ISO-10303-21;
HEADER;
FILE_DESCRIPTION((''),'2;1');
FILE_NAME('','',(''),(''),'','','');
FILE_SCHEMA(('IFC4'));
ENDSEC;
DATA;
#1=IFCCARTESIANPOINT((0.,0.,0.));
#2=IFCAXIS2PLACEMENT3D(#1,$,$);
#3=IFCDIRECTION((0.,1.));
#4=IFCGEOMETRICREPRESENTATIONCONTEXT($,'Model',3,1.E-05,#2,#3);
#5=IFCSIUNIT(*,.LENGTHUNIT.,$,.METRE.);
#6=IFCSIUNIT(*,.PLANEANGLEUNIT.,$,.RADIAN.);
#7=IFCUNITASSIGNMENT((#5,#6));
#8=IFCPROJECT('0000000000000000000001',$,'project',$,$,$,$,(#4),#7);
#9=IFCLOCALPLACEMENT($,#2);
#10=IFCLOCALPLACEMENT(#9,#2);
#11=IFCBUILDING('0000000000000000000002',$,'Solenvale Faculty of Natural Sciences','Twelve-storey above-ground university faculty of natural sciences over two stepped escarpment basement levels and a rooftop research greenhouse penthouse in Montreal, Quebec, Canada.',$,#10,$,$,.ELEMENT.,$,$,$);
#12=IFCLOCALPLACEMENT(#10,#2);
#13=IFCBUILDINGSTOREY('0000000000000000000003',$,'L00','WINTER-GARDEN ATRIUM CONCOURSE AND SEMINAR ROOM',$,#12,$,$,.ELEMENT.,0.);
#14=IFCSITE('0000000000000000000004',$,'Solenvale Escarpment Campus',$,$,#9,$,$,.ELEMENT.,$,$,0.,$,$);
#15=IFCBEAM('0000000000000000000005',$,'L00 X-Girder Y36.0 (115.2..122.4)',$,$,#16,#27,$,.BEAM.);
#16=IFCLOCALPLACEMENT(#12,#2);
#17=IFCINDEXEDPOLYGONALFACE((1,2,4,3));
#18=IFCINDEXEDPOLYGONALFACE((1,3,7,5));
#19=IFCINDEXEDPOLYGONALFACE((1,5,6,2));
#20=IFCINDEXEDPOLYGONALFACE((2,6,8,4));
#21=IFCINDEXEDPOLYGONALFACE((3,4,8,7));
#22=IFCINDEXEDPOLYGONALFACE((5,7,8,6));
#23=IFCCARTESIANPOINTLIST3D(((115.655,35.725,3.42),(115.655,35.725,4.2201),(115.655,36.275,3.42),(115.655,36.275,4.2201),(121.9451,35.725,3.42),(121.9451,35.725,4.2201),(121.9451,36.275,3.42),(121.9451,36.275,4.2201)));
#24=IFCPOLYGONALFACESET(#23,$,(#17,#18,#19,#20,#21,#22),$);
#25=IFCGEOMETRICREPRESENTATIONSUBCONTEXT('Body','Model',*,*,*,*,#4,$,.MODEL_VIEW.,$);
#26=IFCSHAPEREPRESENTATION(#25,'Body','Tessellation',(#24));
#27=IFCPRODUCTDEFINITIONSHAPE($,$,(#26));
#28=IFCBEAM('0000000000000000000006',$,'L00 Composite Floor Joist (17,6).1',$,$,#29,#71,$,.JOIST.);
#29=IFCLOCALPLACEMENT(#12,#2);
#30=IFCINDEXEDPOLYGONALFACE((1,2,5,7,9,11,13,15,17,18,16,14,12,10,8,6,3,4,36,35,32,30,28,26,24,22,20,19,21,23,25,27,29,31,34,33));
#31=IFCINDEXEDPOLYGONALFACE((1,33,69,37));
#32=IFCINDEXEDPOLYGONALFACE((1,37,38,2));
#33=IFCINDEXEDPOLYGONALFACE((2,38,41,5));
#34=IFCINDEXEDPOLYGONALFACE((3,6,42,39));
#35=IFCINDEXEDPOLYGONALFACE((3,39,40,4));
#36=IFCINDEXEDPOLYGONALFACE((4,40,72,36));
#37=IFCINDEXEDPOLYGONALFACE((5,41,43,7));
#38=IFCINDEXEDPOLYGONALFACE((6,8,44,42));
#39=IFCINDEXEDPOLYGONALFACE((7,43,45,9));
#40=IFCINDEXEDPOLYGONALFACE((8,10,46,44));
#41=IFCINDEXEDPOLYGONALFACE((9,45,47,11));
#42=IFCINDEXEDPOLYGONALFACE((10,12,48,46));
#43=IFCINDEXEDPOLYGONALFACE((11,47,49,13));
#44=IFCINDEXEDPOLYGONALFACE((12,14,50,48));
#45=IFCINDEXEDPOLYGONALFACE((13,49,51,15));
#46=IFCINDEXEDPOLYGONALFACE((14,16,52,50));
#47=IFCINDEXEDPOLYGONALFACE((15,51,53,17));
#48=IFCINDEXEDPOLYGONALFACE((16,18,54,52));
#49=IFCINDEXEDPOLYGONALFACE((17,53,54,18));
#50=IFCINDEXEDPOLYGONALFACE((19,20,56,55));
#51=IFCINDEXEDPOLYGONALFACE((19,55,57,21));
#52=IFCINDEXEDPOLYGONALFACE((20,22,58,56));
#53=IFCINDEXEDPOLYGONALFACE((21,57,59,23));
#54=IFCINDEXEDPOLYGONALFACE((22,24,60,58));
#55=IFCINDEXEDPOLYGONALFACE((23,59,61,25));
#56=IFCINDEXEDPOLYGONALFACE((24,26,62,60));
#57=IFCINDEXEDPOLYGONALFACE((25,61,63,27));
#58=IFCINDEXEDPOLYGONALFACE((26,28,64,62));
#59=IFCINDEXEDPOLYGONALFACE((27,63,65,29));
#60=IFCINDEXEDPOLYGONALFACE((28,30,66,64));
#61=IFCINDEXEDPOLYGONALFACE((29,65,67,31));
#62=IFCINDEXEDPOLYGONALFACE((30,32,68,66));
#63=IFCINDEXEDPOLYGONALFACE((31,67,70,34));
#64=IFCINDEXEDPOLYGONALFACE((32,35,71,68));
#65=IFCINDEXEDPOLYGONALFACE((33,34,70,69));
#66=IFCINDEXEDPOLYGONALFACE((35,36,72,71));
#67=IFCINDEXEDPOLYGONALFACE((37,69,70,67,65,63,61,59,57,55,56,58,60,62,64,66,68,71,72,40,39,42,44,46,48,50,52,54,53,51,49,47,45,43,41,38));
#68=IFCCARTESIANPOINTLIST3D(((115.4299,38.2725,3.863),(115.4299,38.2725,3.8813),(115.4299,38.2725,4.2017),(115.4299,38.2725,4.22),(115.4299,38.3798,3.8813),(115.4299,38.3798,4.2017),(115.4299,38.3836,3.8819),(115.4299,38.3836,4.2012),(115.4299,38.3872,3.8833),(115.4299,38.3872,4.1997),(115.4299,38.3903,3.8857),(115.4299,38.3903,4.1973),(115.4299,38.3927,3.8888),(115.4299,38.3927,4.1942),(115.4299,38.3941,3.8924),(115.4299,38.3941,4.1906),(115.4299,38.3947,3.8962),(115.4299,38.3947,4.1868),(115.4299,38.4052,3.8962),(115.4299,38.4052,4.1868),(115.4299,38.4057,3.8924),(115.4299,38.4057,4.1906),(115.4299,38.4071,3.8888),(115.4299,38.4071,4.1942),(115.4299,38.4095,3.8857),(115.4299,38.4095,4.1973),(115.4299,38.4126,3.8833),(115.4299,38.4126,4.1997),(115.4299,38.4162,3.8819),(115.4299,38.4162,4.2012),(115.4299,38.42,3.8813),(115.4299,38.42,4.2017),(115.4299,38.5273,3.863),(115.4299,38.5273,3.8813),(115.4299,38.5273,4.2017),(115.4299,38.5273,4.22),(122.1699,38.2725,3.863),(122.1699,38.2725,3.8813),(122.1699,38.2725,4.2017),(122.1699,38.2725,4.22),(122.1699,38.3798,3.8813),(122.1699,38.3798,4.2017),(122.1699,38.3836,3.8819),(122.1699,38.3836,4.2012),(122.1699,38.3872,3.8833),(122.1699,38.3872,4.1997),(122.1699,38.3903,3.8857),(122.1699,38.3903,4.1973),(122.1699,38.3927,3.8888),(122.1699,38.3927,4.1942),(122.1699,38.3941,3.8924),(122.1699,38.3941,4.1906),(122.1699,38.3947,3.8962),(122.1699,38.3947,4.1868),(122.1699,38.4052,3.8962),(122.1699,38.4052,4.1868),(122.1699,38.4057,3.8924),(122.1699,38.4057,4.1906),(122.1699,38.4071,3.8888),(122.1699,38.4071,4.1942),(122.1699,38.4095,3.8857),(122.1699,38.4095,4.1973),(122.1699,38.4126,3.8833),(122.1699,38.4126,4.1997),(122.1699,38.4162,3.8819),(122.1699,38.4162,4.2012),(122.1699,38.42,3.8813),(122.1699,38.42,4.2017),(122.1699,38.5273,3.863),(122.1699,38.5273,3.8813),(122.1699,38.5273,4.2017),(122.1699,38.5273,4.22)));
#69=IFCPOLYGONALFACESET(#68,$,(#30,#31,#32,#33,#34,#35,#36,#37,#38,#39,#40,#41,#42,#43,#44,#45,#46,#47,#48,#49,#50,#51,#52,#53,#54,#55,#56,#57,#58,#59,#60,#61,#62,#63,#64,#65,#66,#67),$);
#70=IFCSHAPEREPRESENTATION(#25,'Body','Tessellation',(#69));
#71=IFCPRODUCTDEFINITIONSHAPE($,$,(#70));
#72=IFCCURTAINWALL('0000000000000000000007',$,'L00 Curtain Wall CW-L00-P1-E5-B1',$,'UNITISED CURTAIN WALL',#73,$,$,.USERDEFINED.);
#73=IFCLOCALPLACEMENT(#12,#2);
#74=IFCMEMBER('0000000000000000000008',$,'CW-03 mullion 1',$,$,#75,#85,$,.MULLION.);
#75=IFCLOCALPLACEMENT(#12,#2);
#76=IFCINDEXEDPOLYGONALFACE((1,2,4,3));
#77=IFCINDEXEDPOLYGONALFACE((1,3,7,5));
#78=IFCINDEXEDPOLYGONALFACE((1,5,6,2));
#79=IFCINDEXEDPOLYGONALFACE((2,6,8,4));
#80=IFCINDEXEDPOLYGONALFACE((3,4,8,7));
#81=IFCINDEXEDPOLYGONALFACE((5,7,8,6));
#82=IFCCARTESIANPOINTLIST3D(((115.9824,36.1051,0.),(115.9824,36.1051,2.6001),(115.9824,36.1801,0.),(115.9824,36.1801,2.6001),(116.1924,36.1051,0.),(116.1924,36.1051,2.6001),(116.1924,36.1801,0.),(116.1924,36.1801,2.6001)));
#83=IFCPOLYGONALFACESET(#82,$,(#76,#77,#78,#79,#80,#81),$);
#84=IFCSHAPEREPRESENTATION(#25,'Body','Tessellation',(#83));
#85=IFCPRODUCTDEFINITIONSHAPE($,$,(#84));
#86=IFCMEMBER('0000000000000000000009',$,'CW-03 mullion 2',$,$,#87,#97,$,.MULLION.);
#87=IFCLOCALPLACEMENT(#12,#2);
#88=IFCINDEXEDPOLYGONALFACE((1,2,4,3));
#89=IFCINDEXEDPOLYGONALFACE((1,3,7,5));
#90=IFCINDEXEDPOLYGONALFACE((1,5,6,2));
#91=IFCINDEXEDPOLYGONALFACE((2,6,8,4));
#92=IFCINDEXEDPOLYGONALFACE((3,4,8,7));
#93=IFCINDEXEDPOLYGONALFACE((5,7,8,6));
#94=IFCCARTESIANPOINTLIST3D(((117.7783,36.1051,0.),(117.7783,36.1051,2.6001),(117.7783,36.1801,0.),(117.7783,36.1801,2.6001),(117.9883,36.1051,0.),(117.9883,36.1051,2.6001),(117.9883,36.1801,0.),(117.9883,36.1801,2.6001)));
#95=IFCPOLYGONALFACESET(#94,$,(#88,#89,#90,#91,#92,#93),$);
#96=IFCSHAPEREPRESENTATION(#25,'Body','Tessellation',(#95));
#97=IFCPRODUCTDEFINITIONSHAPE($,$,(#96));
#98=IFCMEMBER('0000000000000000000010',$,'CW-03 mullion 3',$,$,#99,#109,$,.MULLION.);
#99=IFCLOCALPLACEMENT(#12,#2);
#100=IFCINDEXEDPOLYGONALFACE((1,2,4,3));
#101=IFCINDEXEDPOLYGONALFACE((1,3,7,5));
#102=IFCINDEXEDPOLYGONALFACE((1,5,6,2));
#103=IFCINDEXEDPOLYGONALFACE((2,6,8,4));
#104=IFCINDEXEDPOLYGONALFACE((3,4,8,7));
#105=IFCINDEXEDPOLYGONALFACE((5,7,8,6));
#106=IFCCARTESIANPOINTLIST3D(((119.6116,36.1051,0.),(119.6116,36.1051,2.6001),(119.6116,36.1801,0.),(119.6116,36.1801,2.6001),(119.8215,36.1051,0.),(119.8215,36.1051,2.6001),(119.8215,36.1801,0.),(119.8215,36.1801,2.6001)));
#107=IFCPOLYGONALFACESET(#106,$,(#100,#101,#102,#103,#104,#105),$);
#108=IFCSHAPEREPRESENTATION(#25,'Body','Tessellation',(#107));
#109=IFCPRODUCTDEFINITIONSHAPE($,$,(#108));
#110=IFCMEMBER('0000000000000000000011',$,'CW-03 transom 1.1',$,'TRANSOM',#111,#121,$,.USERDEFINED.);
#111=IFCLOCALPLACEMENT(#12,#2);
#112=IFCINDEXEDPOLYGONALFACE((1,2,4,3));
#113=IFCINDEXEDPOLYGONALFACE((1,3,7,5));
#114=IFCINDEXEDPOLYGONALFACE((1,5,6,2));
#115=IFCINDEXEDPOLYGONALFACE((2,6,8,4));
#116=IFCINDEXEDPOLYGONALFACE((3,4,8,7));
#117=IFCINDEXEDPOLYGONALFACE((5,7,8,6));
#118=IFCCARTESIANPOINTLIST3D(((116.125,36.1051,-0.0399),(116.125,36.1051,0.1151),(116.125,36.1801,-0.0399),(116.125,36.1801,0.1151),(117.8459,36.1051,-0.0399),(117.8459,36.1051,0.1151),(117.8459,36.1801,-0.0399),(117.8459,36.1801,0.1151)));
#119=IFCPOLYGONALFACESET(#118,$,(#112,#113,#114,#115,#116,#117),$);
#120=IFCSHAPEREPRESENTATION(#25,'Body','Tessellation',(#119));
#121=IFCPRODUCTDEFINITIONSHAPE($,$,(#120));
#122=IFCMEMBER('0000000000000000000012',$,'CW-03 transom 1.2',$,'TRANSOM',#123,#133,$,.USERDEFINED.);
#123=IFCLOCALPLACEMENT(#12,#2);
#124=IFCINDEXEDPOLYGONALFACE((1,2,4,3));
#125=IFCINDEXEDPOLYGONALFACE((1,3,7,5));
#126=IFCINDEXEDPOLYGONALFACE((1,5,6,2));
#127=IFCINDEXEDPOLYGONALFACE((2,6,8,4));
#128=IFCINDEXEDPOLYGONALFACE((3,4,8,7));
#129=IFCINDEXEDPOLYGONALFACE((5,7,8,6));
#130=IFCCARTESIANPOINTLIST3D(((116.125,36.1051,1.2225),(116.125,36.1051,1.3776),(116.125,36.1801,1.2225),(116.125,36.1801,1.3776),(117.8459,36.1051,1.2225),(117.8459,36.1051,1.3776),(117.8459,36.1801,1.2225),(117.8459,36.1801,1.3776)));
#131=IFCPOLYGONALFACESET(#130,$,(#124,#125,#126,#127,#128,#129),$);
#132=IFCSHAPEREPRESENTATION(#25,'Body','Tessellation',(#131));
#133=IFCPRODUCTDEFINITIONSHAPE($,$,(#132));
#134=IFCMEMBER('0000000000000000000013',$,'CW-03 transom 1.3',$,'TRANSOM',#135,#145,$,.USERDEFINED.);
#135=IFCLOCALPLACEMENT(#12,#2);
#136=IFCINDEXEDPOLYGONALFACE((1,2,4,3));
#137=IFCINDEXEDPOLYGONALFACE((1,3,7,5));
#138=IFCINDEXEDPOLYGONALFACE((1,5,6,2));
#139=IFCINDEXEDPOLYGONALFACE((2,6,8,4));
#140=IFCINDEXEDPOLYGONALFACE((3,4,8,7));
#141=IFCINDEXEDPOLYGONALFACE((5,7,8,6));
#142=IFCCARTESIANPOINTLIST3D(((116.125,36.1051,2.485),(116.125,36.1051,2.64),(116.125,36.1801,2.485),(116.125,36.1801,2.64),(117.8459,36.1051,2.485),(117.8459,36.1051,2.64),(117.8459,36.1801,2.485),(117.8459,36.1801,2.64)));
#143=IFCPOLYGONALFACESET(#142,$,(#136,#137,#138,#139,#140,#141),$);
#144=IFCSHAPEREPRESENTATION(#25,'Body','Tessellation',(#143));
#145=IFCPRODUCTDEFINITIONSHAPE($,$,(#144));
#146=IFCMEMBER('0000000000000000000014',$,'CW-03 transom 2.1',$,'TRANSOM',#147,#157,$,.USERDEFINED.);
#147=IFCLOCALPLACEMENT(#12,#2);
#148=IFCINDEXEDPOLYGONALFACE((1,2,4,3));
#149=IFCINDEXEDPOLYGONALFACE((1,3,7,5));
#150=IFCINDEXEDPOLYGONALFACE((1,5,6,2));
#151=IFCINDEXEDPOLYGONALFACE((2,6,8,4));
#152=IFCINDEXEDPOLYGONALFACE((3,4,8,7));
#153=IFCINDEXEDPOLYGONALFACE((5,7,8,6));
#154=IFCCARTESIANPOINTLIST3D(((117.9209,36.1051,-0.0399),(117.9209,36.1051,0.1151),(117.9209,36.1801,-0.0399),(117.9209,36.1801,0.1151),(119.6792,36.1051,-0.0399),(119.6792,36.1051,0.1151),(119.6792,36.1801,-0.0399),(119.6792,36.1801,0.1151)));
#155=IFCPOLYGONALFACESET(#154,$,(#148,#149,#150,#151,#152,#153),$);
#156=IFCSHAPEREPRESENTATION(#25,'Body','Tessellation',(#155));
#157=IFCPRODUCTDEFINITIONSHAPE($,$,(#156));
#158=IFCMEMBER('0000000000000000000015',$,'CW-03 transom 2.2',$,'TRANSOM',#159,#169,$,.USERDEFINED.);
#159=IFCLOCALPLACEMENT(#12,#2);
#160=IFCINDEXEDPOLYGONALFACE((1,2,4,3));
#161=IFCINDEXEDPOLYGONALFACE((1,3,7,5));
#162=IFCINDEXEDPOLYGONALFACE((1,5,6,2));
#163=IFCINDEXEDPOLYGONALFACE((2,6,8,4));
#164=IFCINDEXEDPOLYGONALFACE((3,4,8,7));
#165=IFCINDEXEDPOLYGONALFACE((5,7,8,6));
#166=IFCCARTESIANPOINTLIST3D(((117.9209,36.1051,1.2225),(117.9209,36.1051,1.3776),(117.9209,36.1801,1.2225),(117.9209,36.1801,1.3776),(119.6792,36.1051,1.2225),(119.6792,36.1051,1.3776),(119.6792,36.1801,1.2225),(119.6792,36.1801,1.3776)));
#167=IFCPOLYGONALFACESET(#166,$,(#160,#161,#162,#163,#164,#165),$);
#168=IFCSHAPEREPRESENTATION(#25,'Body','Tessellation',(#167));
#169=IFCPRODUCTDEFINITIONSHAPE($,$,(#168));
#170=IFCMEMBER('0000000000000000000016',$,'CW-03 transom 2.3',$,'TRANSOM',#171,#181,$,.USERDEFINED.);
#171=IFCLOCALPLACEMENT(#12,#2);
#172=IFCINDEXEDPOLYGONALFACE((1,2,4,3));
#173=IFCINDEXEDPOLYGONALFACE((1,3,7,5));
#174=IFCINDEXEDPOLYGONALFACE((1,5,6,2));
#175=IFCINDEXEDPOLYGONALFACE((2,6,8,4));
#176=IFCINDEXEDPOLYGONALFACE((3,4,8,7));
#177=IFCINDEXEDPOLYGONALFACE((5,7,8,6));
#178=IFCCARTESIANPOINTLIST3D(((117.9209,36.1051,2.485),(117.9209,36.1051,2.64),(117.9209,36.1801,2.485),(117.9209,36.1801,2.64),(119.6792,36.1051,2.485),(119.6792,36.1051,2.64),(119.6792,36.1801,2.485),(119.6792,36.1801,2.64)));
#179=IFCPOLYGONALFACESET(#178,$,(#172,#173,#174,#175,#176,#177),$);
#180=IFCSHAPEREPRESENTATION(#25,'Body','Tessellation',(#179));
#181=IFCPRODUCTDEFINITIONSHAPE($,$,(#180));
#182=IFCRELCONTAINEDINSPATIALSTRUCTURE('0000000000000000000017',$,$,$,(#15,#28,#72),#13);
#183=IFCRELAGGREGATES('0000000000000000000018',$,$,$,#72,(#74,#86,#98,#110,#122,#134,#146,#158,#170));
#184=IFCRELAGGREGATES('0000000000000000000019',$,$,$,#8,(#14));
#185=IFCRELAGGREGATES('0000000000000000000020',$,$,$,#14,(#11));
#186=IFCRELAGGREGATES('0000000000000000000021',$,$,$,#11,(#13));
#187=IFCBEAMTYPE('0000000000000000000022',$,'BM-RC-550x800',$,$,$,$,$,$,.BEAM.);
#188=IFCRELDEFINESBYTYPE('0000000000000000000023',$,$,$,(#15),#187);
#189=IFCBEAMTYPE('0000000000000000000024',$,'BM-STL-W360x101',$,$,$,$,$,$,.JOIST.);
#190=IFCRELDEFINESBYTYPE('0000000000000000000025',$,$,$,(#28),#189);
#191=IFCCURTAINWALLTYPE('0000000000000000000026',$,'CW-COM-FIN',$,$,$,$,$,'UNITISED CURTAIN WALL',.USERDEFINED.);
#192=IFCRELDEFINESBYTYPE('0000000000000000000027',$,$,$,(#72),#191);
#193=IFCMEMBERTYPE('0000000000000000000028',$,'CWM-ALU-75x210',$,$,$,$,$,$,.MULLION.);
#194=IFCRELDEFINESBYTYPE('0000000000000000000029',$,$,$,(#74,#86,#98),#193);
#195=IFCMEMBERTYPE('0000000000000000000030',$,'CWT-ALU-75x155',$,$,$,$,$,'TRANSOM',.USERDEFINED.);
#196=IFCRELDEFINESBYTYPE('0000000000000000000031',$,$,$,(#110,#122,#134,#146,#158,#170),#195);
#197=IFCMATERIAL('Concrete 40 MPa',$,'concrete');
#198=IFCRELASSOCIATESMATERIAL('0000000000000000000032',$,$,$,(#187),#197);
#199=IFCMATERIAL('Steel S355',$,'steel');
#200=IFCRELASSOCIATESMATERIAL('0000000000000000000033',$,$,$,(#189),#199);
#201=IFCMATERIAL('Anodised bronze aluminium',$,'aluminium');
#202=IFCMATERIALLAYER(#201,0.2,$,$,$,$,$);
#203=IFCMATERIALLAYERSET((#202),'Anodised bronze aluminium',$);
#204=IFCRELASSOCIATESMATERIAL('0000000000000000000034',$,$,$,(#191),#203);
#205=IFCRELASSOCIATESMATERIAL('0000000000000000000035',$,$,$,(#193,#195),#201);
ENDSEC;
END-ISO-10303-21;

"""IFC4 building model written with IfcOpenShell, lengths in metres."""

from ifc_helpers import new_model, si_unit, direction, frame, origin, origin_2d, place, context, subcontext, project, spatial, rectangle, i_section, extrude, material, layer, layer_set, material_profile, profile_set, type_object, element, aggregate, save


model = new_model("IFC4")

# Units and contexts
model_context = context("Model", 3, precision=1e-05, world=origin(), true_north=direction((0.0, 1.0)))
body_context = subcontext(model_context, "Body", "Model", "MODEL_VIEW")
ifc_project = project(units=[si_unit("LENGTHUNIT", "METRE"), si_unit("PLANEANGLEUNIT", "RADIAN")], contexts=[model_context])

# Site, building, storey
site_placement = place(None, origin())
site = spatial("IfcSite", under=ifc_project, at=site_placement, Name="Solenvale Escarpment Campus", CompositionType="ELEMENT", RefElevation=0.0)
building_placement = place(site_placement, origin())
building = spatial("IfcBuilding", under=site, at=building_placement, Name="Solenvale Faculty of Natural Sciences", Description="Twelve-storey above-ground university faculty of natural sciences over two stepped escarpment basement levels and a rooftop research greenhouse penthouse in Montreal, Quebec, Canada.", CompositionType="ELEMENT")
storey_placement = place(building_placement, origin())
storey = spatial("IfcBuildingStorey", under=building, at=storey_placement, Name="L00", Description="WINTER-GARDEN ATRIUM CONCOURSE AND SEMINAR ROOM", CompositionType="ELEMENT", Elevation=0.0)

# Beams
ifc_material_1 = material(Name="Concrete 40 MPa", Category="concrete")
ifc_material_profile_1 = material_profile(ifc_material_1, rectangle(XDim=0.55, YDim=0.8, at=origin_2d()), Name="RC-BM-550x800")
ifc_profile_set_1 = profile_set([ifc_material_profile_1], Name="Concrete 40 MPa")
beam_type_1 = type_object("IfcBeamType", Name="BM-RC-550x800", PredefinedType="BEAM", material=ifc_profile_set_1)
beam_1_placement = place(storey_placement, frame((115.655, 36.0, 3.8201), z_axis=(1.0, 0.0, 0.0), x_axis=(0.0, 1.0, 0.0)))
element("IfcBeam", 1, at=beam_1_placement, inside=storey, type_object=beam_type_1, Name="L00 X-Girder Y36.0 (115.2..122.4)", PredefinedType="BEAM", context=body_context, shape_type="SweptSolid", body=[
    extrude(rectangle(XDim=0.55, YDim=0.8, at=origin_2d()), origin(), (0.0, 0.0, 1.0), 6.29),
])
ifc_material_2 = material(Name="Steel S355", Category="steel")
ifc_material_profile_2 = material_profile(ifc_material_2, i_section(OverallWidth=0.2549, OverallDepth=0.3569, WebThickness=0.0105, FlangeThickness=0.0183, FilletRadius=0.0149, at=origin_2d()), Name="W360x101")
ifc_profile_set_2 = profile_set([ifc_material_profile_2], Name="Steel S355")
beam_type_2 = type_object("IfcBeamType", Name="BM-STL-W360x101", PredefinedType="JOIST", material=ifc_profile_set_2)
beam_2_placement = place(storey_placement, frame((115.4299, 38.3999, 4.0415), z_axis=(1.0, 0.0, 0.0), x_axis=(0.0, 1.0, 0.0)))
element("IfcBeam", 2, at=beam_2_placement, inside=storey, type_object=beam_type_2, Name="L00 Composite Floor Joist (17,6).1", PredefinedType="JOIST", context=body_context, shape_type="SweptSolid", body=[
    extrude(i_section(OverallWidth=0.2549, OverallDepth=0.3569, WebThickness=0.0105, FlangeThickness=0.0183, FilletRadius=0.0149, at=origin_2d()), origin(), (0.0, 0.0, 1.0), 6.74),
])

# Curtain wall, members
ifc_material_3 = material(Name="Anodised bronze aluminium", Category="aluminium")
ifc_layer_1 = layer(ifc_material_3, 0.2)
ifc_layer_set_1 = layer_set([ifc_layer_1], Name="Anodised bronze aluminium")
curtain_wall_type = type_object("IfcCurtainWallType", Name="CW-COM-FIN", ElementType="UNITISED CURTAIN WALL", PredefinedType="USERDEFINED", material=ifc_layer_set_1)
curtain_wall_placement = place(storey_placement, origin())
curtain_wall = element("IfcCurtainWall", 3, at=curtain_wall_placement, inside=storey, type_object=curtain_wall_type, Name="L00 Curtain Wall CW-L00-P1-E5-B1", ObjectType="UNITISED CURTAIN WALL", PredefinedType="USERDEFINED")
ifc_material_profile_3 = material_profile(ifc_material_3, rectangle(XDim=0.075, YDim=0.21, at=origin_2d()), Name="ALU-MUL-75x210")
ifc_profile_set_3 = profile_set([ifc_material_profile_3], Name="Anodised bronze aluminium")
member_type_1 = type_object("IfcMemberType", Name="CWM-ALU-75x210", PredefinedType="MULLION", material=ifc_profile_set_3)
member_1_placement = place(storey_placement, frame((116.0874, 36.1426, 0.0), z_axis=(0.0, 0.0, 1.0), x_axis=(0.0, 1.0, 0.0)))
member_1 = element("IfcMember", 4, at=member_1_placement, type_object=member_type_1, Name="CW-03 mullion 1", PredefinedType="MULLION", context=body_context, shape_type="SweptSolid", body=[
    extrude(rectangle(XDim=0.075, YDim=0.21, at=origin_2d()), origin(), (0.0, 0.0, 1.0), 2.6001),
])
member_2_placement = place(storey_placement, frame((117.8833, 36.1426, 0.0), z_axis=(0.0, 0.0, 1.0), x_axis=(0.0, 1.0, 0.0)))
member_2 = element("IfcMember", 5, at=member_2_placement, type_object=member_type_1, Name="CW-03 mullion 2", PredefinedType="MULLION", context=body_context, shape_type="SweptSolid", body=[
    extrude(rectangle(XDim=0.075, YDim=0.21, at=origin_2d()), origin(), (0.0, 0.0, 1.0), 2.6001),
])
member_3_placement = place(storey_placement, frame((119.7166, 36.1426, 0.0), z_axis=(0.0, 0.0, 1.0), x_axis=(0.0, 1.0, 0.0)))
member_3 = element("IfcMember", 6, at=member_3_placement, type_object=member_type_1, Name="CW-03 mullion 3", PredefinedType="MULLION", context=body_context, shape_type="SweptSolid", body=[
    extrude(rectangle(XDim=0.075, YDim=0.21, at=origin_2d()), origin(), (0.0, 0.0, 1.0), 2.6001),
])
ifc_material_profile_4 = material_profile(ifc_material_3, rectangle(XDim=0.075, YDim=0.155, at=origin_2d()), Name="ALU-TRN-75x155")
ifc_profile_set_4 = profile_set([ifc_material_profile_4], Name="Anodised bronze aluminium")
member_type_2 = type_object("IfcMemberType", Name="CWT-ALU-75x155", ElementType="TRANSOM", PredefinedType="USERDEFINED", material=ifc_profile_set_4)
member_4_placement = place(storey_placement, frame((116.125, 36.1426, 0.0376), z_axis=(1.0, 0.0, 0.0), x_axis=(0.0, 1.0, 0.0)))
member_4 = element("IfcMember", 7, at=member_4_placement, type_object=member_type_2, Name="CW-03 transom 1.1", ObjectType="TRANSOM", PredefinedType="USERDEFINED", context=body_context, shape_type="SweptSolid", body=[
    extrude(rectangle(XDim=0.075, YDim=0.155, at=origin_2d()), origin(), (0.0, 0.0, 1.0), 1.7209),
])
member_5_placement = place(storey_placement, frame((116.125, 36.1426, 1.3), z_axis=(1.0, 0.0, 0.0), x_axis=(0.0, 1.0, 0.0)))
member_5 = element("IfcMember", 8, at=member_5_placement, type_object=member_type_2, Name="CW-03 transom 1.2", ObjectType="TRANSOM", PredefinedType="USERDEFINED", context=body_context, shape_type="SweptSolid", body=[
    extrude(rectangle(XDim=0.075, YDim=0.155, at=origin_2d()), origin(), (0.0, 0.0, 1.0), 1.7209),
])
member_6_placement = place(storey_placement, frame((116.125, 36.1426, 2.5625), z_axis=(1.0, 0.0, 0.0), x_axis=(0.0, 1.0, 0.0)))
member_6 = element("IfcMember", 9, at=member_6_placement, type_object=member_type_2, Name="CW-03 transom 1.3", ObjectType="TRANSOM", PredefinedType="USERDEFINED", context=body_context, shape_type="SweptSolid", body=[
    extrude(rectangle(XDim=0.075, YDim=0.155, at=origin_2d()), origin(), (0.0, 0.0, 1.0), 1.7209),
])
member_7_placement = place(storey_placement, frame((117.9209, 36.1426, 0.0376), z_axis=(1.0, 0.0, 0.0), x_axis=(0.0, 1.0, 0.0)))
member_7 = element("IfcMember", 10, at=member_7_placement, type_object=member_type_2, Name="CW-03 transom 2.1", ObjectType="TRANSOM", PredefinedType="USERDEFINED", context=body_context, shape_type="SweptSolid", body=[
    extrude(rectangle(XDim=0.075, YDim=0.155, at=origin_2d()), origin(), (0.0, 0.0, 1.0), 1.7583),
])
member_8_placement = place(storey_placement, frame((117.9209, 36.1426, 1.3), z_axis=(1.0, 0.0, 0.0), x_axis=(0.0, 1.0, 0.0)))
member_8 = element("IfcMember", 11, at=member_8_placement, type_object=member_type_2, Name="CW-03 transom 2.2", ObjectType="TRANSOM", PredefinedType="USERDEFINED", context=body_context, shape_type="SweptSolid", body=[
    extrude(rectangle(XDim=0.075, YDim=0.155, at=origin_2d()), origin(), (0.0, 0.0, 1.0), 1.7583),
])
member_9_placement = place(storey_placement, frame((117.9209, 36.1426, 2.5625), z_axis=(1.0, 0.0, 0.0), x_axis=(0.0, 1.0, 0.0)))
member_9 = element("IfcMember", 12, at=member_9_placement, type_object=member_type_2, Name="CW-03 transom 2.3", ObjectType="TRANSOM", PredefinedType="USERDEFINED", context=body_context, shape_type="SweptSolid", body=[
    extrude(rectangle(XDim=0.075, YDim=0.155, at=origin_2d()), origin(), (0.0, 0.0, 1.0), 1.7583),
])
aggregate(curtain_wall, [member_1, member_2, member_3, member_4, member_5, member_6, member_7, member_8, member_9])

save(model, "model.ifc")
